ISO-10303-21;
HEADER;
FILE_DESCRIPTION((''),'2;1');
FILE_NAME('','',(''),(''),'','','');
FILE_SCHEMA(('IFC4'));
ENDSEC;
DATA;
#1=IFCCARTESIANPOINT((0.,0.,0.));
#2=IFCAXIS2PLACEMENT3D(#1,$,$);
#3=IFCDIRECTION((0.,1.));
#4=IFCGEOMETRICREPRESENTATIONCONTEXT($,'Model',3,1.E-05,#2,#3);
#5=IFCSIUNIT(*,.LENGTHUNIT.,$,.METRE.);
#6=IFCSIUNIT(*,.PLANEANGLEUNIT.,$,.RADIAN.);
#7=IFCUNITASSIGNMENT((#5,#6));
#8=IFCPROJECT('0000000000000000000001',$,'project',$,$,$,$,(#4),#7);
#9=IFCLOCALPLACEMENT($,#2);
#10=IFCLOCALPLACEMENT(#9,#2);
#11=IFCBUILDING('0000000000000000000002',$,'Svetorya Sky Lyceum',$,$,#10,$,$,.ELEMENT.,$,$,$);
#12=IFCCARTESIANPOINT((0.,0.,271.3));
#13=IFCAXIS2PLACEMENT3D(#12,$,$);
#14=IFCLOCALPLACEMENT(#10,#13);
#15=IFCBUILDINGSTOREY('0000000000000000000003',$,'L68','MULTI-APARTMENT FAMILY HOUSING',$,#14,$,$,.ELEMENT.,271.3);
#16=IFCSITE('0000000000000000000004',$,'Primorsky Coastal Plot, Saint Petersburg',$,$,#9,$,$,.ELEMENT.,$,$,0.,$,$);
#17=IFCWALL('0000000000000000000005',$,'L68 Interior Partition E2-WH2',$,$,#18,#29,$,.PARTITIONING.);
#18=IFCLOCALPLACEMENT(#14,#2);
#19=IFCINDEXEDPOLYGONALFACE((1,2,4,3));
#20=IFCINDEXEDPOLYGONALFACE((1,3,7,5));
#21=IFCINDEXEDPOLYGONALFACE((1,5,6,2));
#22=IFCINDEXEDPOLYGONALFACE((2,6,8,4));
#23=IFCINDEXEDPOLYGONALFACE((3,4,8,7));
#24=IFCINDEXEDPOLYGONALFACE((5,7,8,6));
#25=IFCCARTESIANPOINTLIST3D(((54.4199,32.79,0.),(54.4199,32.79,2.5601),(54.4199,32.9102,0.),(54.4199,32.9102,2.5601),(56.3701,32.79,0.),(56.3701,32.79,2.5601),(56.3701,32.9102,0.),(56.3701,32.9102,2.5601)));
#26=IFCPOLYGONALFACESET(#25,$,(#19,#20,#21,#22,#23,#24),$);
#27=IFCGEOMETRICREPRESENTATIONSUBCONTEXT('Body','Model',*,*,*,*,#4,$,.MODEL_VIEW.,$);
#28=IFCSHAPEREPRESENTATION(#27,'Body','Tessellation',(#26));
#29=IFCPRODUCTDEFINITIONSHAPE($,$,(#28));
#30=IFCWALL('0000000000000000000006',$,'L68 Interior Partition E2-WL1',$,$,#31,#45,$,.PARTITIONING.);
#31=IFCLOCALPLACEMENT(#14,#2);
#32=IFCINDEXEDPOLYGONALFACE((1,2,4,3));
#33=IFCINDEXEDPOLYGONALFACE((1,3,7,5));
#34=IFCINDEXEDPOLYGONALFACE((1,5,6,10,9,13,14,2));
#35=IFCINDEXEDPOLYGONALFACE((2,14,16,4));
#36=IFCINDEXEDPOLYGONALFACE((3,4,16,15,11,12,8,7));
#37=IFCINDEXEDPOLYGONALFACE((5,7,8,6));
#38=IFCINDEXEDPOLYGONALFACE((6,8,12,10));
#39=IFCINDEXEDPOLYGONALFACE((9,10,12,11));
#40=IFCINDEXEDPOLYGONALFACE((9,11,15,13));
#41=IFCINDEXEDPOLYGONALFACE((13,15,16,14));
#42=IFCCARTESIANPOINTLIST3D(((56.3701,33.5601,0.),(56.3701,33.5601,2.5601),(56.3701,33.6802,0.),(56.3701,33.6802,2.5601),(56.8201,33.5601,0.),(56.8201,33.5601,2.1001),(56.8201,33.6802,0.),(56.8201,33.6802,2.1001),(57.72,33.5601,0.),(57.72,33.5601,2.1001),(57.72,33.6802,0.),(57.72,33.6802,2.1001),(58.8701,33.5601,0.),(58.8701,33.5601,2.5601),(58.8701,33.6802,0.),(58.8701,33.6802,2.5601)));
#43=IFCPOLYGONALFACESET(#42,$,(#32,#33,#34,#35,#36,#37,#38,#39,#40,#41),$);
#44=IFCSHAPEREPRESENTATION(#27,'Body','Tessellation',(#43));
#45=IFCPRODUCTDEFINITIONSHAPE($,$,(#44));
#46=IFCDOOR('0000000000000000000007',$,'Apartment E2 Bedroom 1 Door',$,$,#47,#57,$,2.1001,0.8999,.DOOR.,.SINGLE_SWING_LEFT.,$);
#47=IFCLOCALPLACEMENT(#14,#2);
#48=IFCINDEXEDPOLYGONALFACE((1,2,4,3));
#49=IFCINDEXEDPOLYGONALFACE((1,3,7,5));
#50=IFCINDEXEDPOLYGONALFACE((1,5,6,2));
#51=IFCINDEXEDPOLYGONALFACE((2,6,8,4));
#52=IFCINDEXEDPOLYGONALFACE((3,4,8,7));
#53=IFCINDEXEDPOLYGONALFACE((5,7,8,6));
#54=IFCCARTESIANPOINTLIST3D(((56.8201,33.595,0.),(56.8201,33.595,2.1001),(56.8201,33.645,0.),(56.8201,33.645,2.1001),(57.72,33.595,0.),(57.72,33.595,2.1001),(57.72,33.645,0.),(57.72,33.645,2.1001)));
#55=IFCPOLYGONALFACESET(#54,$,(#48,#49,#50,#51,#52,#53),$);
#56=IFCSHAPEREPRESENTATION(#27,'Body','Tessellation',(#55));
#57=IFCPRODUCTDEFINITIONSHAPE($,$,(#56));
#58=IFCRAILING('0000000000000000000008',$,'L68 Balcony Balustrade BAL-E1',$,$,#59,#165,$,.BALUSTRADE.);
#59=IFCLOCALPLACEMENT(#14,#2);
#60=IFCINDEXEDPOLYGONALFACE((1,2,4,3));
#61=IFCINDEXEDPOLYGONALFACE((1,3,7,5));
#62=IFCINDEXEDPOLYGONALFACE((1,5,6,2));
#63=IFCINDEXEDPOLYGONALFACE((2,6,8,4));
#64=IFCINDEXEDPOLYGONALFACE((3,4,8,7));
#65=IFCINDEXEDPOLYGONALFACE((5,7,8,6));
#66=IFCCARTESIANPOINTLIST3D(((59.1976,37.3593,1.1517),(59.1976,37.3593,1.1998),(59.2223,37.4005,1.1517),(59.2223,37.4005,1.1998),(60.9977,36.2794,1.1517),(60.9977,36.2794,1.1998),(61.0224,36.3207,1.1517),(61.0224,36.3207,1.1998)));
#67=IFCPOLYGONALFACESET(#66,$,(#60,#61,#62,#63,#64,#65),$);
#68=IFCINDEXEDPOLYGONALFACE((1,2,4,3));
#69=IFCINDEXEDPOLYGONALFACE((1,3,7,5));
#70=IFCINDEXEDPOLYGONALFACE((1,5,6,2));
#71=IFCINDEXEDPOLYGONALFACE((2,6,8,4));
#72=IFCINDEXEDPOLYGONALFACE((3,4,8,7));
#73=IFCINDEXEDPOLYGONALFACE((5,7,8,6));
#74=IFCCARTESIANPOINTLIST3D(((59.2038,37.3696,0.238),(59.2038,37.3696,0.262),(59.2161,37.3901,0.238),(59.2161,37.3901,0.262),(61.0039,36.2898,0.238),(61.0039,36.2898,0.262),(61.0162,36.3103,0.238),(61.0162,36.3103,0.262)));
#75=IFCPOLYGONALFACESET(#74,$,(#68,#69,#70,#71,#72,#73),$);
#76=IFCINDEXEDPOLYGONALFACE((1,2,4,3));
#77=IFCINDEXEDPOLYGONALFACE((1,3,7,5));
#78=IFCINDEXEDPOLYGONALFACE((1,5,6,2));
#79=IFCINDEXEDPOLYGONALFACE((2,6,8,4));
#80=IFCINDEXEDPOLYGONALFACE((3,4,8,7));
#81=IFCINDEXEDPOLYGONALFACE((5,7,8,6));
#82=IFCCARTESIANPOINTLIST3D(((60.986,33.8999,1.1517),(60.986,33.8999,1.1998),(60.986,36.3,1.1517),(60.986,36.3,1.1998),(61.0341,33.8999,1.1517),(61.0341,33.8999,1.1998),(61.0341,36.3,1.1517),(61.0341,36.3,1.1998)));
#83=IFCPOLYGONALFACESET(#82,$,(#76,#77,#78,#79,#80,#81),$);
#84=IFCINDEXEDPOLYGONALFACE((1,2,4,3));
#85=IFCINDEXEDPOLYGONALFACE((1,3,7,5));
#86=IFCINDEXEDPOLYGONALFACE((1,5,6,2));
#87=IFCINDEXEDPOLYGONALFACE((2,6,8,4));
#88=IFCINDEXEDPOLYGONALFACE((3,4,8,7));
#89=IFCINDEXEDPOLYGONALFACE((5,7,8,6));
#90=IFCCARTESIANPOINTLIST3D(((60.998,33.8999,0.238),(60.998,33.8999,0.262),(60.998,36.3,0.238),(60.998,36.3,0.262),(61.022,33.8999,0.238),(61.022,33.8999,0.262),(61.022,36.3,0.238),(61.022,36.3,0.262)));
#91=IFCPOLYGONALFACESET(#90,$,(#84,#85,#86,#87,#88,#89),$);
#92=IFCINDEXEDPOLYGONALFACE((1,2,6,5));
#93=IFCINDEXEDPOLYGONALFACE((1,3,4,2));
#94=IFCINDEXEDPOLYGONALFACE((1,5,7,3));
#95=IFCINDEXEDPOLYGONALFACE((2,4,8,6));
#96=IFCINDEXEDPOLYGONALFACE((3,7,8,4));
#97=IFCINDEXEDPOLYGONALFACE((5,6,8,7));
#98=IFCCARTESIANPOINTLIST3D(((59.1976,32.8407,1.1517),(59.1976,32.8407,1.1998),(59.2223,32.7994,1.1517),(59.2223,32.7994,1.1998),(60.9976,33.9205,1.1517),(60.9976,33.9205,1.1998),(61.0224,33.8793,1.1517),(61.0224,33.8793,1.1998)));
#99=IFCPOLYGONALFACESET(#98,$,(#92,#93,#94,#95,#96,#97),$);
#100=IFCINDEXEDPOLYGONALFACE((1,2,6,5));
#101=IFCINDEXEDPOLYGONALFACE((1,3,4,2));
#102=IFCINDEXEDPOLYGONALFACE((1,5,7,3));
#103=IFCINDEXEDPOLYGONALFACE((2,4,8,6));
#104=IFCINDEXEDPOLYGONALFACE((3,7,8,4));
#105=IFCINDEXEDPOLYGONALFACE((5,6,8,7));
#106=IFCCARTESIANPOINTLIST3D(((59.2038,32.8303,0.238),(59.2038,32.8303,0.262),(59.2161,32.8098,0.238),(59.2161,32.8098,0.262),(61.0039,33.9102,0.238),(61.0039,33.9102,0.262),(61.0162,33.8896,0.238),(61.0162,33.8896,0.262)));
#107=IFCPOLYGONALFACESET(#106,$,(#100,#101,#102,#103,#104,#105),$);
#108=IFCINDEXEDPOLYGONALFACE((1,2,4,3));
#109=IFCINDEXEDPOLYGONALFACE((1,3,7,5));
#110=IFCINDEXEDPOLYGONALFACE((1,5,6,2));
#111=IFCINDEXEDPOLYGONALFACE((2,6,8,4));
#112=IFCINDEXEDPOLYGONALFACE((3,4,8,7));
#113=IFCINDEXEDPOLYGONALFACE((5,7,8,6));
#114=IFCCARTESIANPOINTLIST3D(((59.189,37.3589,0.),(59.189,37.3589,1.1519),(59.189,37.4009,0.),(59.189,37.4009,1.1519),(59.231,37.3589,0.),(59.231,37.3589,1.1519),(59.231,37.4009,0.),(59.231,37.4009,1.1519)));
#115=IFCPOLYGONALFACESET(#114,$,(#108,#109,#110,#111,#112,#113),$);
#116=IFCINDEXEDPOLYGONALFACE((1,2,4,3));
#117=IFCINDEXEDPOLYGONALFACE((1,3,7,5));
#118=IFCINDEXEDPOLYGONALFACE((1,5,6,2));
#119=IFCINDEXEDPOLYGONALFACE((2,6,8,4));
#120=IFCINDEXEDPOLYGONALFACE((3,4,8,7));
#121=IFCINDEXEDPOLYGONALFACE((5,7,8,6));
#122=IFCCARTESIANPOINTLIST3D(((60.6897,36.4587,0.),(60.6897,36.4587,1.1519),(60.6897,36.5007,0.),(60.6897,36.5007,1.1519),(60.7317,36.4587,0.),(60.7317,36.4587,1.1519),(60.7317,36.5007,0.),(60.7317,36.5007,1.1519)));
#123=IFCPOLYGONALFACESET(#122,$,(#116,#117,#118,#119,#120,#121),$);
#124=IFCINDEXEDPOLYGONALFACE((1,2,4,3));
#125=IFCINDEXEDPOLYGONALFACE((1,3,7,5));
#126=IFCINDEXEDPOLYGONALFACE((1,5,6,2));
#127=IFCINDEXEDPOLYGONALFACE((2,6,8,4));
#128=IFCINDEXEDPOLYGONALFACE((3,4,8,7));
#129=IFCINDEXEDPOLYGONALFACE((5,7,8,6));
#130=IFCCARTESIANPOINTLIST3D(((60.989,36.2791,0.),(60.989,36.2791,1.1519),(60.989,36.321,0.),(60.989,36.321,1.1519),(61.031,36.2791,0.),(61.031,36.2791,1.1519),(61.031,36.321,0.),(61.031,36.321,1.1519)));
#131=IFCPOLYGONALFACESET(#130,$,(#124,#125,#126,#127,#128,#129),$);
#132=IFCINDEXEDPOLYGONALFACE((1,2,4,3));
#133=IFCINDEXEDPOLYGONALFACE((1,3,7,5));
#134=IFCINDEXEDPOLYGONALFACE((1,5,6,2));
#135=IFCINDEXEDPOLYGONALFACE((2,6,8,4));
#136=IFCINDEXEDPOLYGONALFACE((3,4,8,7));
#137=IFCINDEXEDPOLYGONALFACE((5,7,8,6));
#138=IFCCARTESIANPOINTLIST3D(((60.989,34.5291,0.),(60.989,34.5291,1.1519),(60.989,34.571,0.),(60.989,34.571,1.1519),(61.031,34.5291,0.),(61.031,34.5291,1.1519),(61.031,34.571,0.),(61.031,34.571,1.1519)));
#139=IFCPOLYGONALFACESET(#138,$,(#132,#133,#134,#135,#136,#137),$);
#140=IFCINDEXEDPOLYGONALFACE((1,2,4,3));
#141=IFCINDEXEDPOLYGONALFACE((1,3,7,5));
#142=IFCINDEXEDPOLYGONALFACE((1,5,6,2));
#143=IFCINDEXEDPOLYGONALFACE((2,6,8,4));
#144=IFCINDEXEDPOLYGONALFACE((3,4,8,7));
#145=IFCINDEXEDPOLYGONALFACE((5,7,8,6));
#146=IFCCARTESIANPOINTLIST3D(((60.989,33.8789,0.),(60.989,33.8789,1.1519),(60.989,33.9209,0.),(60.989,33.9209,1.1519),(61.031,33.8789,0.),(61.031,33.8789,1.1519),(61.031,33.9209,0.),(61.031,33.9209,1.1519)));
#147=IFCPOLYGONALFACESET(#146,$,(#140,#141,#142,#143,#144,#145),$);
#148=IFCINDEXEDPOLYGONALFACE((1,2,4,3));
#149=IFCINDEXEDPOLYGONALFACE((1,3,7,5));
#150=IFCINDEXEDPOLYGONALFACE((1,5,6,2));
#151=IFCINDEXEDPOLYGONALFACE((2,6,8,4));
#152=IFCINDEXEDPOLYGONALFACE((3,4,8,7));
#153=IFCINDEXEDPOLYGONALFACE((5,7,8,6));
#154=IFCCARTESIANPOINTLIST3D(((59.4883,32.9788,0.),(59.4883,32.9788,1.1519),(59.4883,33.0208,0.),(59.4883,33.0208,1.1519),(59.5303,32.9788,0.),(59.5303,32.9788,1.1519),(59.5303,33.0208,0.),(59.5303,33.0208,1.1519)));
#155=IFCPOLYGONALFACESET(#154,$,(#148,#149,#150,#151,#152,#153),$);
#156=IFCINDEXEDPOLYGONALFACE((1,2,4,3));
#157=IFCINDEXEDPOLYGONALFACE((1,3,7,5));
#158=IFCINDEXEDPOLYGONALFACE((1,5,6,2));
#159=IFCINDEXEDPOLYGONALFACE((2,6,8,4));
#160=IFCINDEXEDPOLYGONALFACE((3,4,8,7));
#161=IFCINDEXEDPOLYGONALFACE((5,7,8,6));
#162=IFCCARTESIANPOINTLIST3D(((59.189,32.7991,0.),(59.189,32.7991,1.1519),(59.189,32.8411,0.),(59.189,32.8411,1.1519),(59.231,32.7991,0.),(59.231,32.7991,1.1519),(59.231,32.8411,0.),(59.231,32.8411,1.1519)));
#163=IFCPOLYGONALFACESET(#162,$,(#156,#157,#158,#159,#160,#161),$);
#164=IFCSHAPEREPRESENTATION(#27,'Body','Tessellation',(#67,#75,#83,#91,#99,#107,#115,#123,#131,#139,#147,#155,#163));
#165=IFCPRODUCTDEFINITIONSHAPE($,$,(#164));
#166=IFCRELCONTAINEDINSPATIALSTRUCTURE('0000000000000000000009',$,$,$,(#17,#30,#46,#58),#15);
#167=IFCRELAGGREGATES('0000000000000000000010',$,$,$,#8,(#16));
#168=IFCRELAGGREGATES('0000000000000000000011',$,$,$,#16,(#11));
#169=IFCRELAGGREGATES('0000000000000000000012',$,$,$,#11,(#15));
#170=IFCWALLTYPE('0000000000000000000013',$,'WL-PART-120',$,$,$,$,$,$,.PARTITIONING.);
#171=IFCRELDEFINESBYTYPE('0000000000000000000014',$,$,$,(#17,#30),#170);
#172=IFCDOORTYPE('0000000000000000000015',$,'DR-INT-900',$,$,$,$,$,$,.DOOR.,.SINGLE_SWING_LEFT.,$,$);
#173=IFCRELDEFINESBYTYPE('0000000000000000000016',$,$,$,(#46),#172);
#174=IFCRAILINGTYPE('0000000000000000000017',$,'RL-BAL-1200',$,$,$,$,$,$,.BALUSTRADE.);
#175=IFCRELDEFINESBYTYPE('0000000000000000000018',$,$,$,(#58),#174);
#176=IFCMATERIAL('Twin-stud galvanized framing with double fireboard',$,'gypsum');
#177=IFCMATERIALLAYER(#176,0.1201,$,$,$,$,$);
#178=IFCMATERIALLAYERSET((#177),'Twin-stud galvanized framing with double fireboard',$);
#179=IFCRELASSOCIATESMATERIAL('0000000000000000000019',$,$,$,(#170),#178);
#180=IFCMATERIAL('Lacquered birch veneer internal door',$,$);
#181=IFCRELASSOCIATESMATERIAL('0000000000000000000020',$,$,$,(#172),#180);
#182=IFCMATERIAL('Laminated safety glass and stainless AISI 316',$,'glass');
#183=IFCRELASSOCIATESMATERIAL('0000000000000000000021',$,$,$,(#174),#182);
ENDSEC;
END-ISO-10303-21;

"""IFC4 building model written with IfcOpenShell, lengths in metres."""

from ifc_helpers import new_model, si_unit, direction, frame, frame_2d, origin, origin_2d, place, context, subcontext, project, spatial, rectangle, extrude, material, layer, layer_set, type_object, element, fill, save


model = new_model("IFC4")

# Units and contexts
model_context = context("Model", 3, precision=1e-05, world=origin(), true_north=direction((0.0, 1.0)))
body_context = subcontext(model_context, "Body", "Model", "MODEL_VIEW")
ifc_project = project(units=[si_unit("LENGTHUNIT", "METRE"), si_unit("PLANEANGLEUNIT", "RADIAN")], contexts=[model_context])

# Site, building, storey
site_placement = place(None, origin())
site = spatial("IfcSite", under=ifc_project, at=site_placement, Name="Primorsky Coastal Plot, Saint Petersburg", CompositionType="ELEMENT", RefElevation=0.0)
building_placement = place(site_placement, origin())
building = spatial("IfcBuilding", under=site, at=building_placement, Name="Svetorya Sky Lyceum", CompositionType="ELEMENT")
storey_placement = place(building_placement, frame((0.0, 0.0, 271.3)))
storey = spatial("IfcBuildingStorey", under=building, at=storey_placement, Name="L68", Description="MULTI-APARTMENT FAMILY HOUSING", CompositionType="ELEMENT", Elevation=271.3)

# Wall
ifc_material_1 = material(Name="Twin-stud galvanized framing with double fireboard", Category="gypsum")
ifc_layer_1 = layer(ifc_material_1, 0.1201)
ifc_layer_set_1 = layer_set([ifc_layer_1], Name="Twin-stud galvanized framing with double fireboard")
wall_type_1 = type_object("IfcWallType", Name="WL-PART-120", PredefinedType="PARTITIONING", material=ifc_layer_set_1)
wall_1_placement = place(storey_placement, frame((54.4199, 32.8501, 0.0), z_axis=(0.0, 0.0, 1.0), x_axis=(1.0, 0.0, 0.0)))
element("IfcWall", 1, at=wall_1_placement, inside=storey, type_object=wall_type_1, Name="L68 Interior Partition E2-WH2", PredefinedType="PARTITIONING", context=body_context, shape_type="SweptSolid", body=[
    extrude(rectangle(XDim=1.9502, YDim=0.1201, at=frame_2d((0.9751, 0.0))), origin(), (0.0, 0.0, 1.0), 2.5601),
])

# Wall, opening, door
wall_2_placement = place(storey_placement, frame((56.3701, 33.6201, 0.0), z_axis=(0.0, 0.0, 1.0), x_axis=(1.0, 0.0, 0.0)))
wall_2 = element("IfcWall", 2, at=wall_2_placement, inside=storey, type_object=wall_type_1, Name="L68 Interior Partition E2-WL1", PredefinedType="PARTITIONING", context=body_context, shape_type="SweptSolid", body=[
    extrude(rectangle(XDim=2.5, YDim=0.1201, at=frame_2d((1.25, 0.0))), origin(), (0.0, 0.0, 1.0), 2.5601),
])
opening_1_placement = place(wall_2_placement, frame((0.45, 0.0, 0.0)))
opening_1 = element("IfcOpeningElement", 3, at=opening_1_placement, cuts=wall_2, PredefinedType="OPENING", context=body_context, shape_type="SweptSolid", body=[
    extrude(rectangle(XDim=0.8999, YDim=2.1001, at=frame_2d((0.45, 1.05))), frame((0.0, 0.0701, 0.0), z_axis=(0.0, -1.0, 0.0), x_axis=(1.0, 0.0, 0.0)), (0.0, 0.0, 1.0), 0.1401),
])
ifc_material_2 = material(Name="Lacquered birch veneer internal door")
door_type_1 = type_object("IfcDoorType", Name="DR-INT-900", OperationType="SINGLE_SWING_LEFT", PredefinedType="DOOR", material=ifc_material_2)
door_1_placement = place(opening_1_placement, origin())
door_1 = element("IfcDoor", 4, at=door_1_placement, inside=storey, type_object=door_type_1, Name="Apartment E2 Bedroom 1 Door", OperationType="SINGLE_SWING_LEFT", OverallHeight=2.1001, OverallWidth=0.8999, PredefinedType="DOOR", context=body_context, shape_type="SweptSolid", body=[
    extrude(rectangle(XDim=0.8999, YDim=2.1001, at=frame_2d((0.45, 1.05))), frame((0.0, 0.0249, 0.0), z_axis=(0.0, -1.0, 0.0), x_axis=(1.0, 0.0, 0.0)), (0.0, 0.0, 1.0), 0.05),
])
fill(opening_1, door_1)

# Railing
ifc_material_3 = material(Name="Laminated safety glass and stainless AISI 316", Category="glass")
railing_type = type_object("IfcRailingType", Name="RL-BAL-1200", PredefinedType="BALUSTRADE", material=ifc_material_3)
railing_placement = place(storey_placement, frame((59.21, 37.3799, 0.0)))
element("IfcRailing", 5, at=railing_placement, inside=storey, type_object=railing_type, Name="L68 Balcony Balustrade BAL-E1", PredefinedType="BALUSTRADE", context=body_context, shape_type="SweptSolid", body=[
    extrude(rectangle(XDim=0.0481, YDim=0.0481, at=origin_2d()), frame((0.0, 0.0, 1.1758), z_axis=(0.857534, -0.514427, 0.0), x_axis=(0.514427, 0.857534, 0.0)), (0.0, 0.0, 1.0), 2.0991),
    extrude(rectangle(XDim=0.0239, YDim=0.0239, at=origin_2d()), frame((0.0, 0.0, 0.25), z_axis=(0.857534, -0.514427, 0.0), x_axis=(0.514427, 0.857534, 0.0)), (0.0, 0.0, 1.0), 2.0991),
    extrude(rectangle(XDim=0.0481, YDim=0.0481, at=origin_2d()), frame((1.8, -1.0798, 1.1758), z_axis=(0.0, -1.0, 0.0), x_axis=(1.0, 0.0, 0.0)), (0.0, 0.0, 1.0), 2.4001),
    extrude(rectangle(XDim=0.0239, YDim=0.0239, at=origin_2d()), frame((1.8, -1.0798, 0.25), z_axis=(0.0, -1.0, 0.0), x_axis=(1.0, 0.0, 0.0)), (0.0, 0.0, 1.0), 2.4001),
    extrude(rectangle(XDim=0.0481, YDim=0.0481, at=origin_2d()), frame((1.8, -3.48, 1.1758), z_axis=(-0.857534, -0.514427, 0.0), x_axis=(0.514427, -0.857534, 0.0)), (0.0, 0.0, 1.0), 2.0991),
    extrude(rectangle(XDim=0.0239, YDim=0.0239, at=origin_2d()), frame((1.8, -3.48, 0.25), z_axis=(-0.857534, -0.514427, 0.0), x_axis=(0.514427, -0.857534, 0.0)), (0.0, 0.0, 1.0), 2.0991),
    extrude(rectangle(XDim=0.042, YDim=0.042, at=origin_2d()), origin(), (0.0, 0.0, 1.0), 1.1519),
    extrude(rectangle(XDim=0.042, YDim=0.042, at=origin_2d()), frame((1.5007, -0.9001, 0.0)), (0.0, 0.0, 1.0), 1.1519),
    extrude(rectangle(XDim=0.042, YDim=0.042, at=origin_2d()), frame((1.8, -1.0798, 0.0)), (0.0, 0.0, 1.0), 1.1519),
    extrude(rectangle(XDim=0.042, YDim=0.042, at=origin_2d()), frame((1.8, -2.8298, 0.0)), (0.0, 0.0, 1.0), 1.1519),
    extrude(rectangle(XDim=0.042, YDim=0.042, at=origin_2d()), frame((1.8, -3.48, 0.0)), (0.0, 0.0, 1.0), 1.1519),
    extrude(rectangle(XDim=0.042, YDim=0.042, at=origin_2d()), frame((0.2993, -4.3801, 0.0)), (0.0, 0.0, 1.0), 1.1519),
    extrude(rectangle(XDim=0.042, YDim=0.042, at=origin_2d()), frame((0.0, -4.5598, 0.0)), (0.0, 0.0, 1.0), 1.1519),
])

save(model, "model.ifc")
